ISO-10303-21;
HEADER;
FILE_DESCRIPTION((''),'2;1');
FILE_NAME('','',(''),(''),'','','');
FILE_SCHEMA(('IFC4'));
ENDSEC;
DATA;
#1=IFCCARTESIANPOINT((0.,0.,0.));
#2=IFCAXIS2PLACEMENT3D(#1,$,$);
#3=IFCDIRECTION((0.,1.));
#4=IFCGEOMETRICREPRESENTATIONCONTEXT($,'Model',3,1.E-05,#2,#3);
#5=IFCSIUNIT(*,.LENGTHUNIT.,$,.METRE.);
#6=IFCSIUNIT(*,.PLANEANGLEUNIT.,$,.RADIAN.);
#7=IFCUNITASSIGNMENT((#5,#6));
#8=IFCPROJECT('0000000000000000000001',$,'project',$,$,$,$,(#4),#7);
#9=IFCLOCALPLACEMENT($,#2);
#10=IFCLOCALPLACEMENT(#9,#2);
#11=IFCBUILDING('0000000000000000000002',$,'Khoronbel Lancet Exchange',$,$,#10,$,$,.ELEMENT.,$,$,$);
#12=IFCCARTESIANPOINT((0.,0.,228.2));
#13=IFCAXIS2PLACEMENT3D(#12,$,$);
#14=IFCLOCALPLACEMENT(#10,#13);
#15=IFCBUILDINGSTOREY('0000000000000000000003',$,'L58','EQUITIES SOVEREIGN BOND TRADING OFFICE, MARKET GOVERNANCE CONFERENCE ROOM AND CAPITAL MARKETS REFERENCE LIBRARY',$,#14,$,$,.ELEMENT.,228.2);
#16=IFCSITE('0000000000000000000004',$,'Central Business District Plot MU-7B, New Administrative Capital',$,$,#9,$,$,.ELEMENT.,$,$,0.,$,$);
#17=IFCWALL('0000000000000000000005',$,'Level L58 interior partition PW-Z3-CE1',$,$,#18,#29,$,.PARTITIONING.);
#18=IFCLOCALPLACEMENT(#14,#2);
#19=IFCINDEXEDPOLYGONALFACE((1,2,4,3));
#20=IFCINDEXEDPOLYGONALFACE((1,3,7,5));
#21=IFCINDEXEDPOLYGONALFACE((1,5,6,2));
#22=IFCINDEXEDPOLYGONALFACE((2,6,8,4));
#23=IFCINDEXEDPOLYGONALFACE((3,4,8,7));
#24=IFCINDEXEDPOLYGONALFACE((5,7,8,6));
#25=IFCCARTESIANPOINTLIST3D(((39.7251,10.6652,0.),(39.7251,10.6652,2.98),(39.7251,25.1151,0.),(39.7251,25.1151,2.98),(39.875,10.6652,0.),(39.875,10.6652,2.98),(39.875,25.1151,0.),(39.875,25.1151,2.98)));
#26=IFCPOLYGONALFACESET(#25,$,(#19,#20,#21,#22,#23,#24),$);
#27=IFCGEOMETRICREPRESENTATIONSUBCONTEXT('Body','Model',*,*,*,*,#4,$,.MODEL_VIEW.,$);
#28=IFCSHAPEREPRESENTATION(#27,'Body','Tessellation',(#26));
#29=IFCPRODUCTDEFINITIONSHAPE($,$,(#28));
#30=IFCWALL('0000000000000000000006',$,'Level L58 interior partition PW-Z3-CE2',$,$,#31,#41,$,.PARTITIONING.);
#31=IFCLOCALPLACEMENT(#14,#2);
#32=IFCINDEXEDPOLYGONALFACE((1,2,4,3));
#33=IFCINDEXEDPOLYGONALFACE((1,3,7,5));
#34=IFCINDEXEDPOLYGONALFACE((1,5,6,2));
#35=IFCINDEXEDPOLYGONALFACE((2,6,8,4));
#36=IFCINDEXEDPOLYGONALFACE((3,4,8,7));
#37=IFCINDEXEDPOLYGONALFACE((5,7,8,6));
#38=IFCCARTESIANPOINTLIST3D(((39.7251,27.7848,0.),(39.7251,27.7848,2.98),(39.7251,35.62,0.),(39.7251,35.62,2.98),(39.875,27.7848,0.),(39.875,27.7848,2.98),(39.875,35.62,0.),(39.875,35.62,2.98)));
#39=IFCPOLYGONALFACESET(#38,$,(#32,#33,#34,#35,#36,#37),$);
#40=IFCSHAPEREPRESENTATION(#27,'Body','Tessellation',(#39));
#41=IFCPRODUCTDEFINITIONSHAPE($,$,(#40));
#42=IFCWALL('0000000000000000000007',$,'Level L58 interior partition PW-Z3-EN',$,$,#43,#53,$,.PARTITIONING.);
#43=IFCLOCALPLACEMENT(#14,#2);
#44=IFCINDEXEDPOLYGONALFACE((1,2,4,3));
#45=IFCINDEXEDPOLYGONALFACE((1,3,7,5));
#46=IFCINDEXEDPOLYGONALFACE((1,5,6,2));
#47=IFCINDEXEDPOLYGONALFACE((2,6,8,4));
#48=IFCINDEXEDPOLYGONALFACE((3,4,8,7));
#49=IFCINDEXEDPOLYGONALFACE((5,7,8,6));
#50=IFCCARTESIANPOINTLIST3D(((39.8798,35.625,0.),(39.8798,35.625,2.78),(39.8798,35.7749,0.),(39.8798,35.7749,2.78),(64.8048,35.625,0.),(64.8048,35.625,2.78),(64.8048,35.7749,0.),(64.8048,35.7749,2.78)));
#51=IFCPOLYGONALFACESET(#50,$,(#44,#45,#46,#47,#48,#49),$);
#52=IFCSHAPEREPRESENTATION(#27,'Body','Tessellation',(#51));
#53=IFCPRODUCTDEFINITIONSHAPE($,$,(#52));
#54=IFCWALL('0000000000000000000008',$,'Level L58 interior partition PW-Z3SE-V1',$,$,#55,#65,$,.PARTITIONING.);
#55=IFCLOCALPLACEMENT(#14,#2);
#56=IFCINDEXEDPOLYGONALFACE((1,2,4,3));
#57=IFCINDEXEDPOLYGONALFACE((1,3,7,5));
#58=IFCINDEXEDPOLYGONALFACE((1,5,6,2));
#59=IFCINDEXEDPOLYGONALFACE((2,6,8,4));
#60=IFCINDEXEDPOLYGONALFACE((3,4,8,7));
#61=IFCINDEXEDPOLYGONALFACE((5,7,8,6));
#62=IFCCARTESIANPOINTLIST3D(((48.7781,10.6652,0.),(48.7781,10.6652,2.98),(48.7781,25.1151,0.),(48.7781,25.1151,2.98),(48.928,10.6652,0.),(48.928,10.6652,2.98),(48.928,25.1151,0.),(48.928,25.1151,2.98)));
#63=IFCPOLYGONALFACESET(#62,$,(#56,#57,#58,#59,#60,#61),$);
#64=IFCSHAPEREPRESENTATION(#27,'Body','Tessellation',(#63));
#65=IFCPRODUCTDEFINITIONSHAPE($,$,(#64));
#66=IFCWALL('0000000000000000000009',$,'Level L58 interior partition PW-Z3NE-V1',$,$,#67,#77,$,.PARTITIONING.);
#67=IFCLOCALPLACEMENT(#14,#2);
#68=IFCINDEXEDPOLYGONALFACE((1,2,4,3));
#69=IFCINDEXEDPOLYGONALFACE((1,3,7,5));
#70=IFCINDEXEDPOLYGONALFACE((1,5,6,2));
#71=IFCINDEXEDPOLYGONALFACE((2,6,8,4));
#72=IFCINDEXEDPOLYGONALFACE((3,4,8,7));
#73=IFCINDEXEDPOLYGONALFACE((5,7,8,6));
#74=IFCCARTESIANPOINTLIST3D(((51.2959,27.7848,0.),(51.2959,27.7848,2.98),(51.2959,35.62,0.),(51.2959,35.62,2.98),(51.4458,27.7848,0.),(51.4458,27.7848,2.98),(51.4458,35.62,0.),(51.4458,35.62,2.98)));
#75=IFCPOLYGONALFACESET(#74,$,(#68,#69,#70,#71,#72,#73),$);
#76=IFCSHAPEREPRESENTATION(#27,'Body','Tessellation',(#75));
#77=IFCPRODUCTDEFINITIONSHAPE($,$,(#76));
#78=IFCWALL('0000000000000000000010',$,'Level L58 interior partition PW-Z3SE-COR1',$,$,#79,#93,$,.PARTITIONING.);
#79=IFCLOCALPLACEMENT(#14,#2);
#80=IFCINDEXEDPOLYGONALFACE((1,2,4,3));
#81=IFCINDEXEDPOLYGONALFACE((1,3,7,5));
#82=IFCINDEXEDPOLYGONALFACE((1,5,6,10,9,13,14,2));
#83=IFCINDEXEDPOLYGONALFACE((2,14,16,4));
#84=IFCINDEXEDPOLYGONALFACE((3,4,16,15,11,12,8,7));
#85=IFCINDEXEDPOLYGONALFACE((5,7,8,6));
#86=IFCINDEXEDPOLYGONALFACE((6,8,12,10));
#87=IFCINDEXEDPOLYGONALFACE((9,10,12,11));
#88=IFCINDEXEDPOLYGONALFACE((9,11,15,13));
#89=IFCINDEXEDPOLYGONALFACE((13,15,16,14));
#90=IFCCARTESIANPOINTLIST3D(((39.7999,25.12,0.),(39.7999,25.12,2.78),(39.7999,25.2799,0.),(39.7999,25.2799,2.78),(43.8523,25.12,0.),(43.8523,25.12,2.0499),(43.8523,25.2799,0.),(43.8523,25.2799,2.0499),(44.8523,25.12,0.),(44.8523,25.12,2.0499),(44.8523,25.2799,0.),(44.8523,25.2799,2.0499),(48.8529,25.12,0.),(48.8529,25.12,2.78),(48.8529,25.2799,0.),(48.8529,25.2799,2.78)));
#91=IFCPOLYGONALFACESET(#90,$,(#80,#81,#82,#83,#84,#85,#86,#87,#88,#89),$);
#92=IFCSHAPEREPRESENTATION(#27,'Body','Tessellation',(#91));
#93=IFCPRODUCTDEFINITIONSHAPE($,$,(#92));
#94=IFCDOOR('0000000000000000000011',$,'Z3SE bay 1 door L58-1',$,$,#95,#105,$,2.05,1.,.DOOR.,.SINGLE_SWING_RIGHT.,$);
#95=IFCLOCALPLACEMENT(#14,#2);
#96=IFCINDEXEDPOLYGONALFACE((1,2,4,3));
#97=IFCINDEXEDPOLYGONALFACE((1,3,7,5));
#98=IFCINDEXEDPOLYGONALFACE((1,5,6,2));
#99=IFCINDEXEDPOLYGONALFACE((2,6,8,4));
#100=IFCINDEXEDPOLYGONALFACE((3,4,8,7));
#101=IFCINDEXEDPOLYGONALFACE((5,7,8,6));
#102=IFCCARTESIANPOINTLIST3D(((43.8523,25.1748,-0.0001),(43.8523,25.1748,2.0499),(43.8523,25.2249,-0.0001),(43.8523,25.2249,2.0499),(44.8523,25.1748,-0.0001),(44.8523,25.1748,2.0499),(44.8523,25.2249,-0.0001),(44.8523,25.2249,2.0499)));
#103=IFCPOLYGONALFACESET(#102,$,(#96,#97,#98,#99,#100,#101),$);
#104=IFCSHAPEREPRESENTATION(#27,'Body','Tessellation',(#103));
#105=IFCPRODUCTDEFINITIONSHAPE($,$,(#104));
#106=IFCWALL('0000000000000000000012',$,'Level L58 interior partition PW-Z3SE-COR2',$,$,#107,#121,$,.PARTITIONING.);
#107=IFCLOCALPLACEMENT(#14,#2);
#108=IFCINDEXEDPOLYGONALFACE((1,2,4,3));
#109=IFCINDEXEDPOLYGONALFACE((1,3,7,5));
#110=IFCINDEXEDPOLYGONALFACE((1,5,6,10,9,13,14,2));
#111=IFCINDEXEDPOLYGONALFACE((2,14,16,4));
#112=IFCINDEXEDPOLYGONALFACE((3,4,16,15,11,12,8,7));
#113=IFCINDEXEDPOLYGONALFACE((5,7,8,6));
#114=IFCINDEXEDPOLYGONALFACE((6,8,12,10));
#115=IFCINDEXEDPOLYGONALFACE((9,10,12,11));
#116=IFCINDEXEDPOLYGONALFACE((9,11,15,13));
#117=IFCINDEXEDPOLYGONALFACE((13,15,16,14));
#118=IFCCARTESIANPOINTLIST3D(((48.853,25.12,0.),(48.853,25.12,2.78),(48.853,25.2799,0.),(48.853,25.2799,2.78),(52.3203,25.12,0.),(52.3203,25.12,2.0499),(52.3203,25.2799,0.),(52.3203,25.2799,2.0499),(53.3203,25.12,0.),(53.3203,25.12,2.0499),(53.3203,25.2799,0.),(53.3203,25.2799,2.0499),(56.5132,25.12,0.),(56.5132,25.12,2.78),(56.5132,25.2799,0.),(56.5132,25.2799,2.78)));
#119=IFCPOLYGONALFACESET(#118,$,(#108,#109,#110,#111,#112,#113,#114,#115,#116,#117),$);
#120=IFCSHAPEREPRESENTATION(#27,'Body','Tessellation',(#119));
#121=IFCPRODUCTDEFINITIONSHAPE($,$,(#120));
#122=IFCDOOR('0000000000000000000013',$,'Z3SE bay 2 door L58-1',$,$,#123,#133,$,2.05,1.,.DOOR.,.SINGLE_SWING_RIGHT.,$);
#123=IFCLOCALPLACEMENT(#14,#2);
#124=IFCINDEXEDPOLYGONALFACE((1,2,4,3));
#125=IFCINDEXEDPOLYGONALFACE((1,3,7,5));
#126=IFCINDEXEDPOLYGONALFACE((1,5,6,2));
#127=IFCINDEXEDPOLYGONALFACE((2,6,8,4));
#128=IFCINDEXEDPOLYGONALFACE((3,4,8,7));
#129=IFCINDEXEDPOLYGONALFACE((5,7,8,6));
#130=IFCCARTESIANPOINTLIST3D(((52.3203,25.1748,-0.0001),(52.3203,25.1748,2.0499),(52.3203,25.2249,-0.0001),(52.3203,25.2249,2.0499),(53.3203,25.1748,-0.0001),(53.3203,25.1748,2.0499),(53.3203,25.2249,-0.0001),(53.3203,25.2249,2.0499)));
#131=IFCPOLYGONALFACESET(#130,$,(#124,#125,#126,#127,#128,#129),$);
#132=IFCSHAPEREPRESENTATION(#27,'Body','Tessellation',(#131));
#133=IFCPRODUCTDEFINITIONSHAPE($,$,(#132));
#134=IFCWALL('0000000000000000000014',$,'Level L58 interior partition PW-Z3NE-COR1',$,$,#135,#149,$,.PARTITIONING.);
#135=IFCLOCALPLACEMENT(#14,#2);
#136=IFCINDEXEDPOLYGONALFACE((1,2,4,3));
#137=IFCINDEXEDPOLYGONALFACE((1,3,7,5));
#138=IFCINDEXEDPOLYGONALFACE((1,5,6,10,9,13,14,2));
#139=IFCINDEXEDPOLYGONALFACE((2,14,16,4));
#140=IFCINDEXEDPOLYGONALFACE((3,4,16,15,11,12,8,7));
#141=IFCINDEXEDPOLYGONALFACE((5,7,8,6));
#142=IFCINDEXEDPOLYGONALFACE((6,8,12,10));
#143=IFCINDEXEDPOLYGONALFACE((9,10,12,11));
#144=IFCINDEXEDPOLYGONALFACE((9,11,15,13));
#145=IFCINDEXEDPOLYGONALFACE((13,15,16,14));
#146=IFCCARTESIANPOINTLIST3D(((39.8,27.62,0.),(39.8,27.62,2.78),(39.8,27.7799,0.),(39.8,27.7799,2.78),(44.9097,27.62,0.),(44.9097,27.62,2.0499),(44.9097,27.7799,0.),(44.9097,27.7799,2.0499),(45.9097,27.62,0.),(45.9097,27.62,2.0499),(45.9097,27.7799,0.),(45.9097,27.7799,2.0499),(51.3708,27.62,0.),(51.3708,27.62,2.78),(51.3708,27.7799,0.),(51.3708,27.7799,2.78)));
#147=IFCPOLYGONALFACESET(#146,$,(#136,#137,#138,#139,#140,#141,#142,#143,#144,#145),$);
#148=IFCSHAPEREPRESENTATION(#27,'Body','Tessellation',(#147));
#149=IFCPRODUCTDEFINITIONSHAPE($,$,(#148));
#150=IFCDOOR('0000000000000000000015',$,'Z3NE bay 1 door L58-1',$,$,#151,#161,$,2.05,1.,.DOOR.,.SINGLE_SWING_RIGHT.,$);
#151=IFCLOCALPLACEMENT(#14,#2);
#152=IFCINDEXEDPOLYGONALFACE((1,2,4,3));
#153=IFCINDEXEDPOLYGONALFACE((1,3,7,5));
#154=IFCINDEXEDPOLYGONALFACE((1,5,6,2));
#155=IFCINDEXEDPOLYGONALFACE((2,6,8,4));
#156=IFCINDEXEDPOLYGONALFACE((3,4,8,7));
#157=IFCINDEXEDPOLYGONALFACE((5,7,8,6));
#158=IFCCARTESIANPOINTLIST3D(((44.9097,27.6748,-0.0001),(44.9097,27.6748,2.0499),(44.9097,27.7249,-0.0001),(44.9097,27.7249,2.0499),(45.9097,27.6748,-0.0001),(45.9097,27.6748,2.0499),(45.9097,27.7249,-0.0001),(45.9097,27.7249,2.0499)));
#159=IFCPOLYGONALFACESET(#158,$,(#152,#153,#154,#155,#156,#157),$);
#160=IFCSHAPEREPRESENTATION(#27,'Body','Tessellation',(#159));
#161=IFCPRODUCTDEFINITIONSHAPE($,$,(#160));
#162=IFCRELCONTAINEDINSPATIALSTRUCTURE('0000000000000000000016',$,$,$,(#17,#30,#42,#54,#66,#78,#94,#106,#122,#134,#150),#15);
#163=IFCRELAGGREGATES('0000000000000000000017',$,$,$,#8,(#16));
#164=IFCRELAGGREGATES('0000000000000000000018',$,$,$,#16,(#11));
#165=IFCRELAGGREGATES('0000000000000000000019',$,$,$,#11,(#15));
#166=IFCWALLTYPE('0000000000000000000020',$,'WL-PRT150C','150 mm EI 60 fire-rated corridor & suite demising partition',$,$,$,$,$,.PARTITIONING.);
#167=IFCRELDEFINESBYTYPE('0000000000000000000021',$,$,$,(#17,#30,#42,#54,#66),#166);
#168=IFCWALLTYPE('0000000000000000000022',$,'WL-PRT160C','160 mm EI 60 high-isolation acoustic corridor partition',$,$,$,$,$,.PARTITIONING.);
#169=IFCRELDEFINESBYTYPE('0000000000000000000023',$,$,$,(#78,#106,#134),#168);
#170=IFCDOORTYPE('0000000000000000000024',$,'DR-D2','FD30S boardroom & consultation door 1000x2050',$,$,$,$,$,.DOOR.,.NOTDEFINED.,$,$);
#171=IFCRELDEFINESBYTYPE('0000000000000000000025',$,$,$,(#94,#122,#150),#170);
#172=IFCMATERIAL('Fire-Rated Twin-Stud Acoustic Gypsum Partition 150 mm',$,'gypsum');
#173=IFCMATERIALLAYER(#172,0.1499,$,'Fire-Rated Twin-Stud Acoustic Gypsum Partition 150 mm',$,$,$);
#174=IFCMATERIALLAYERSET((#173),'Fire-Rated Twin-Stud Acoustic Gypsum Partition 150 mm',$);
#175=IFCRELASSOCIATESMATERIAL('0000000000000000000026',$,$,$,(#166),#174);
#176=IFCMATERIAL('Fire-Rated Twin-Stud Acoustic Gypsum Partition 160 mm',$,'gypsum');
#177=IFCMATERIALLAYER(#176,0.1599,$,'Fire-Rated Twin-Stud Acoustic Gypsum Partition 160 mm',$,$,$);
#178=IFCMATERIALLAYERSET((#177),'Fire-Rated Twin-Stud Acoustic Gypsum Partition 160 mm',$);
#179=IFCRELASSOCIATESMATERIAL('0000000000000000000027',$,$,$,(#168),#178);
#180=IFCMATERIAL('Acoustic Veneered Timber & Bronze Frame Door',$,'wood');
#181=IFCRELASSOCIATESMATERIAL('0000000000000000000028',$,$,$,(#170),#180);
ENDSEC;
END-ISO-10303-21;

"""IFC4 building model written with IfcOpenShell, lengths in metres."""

from ifc_helpers import new_model, si_unit, direction, frame, frame_2d, origin, place, context, subcontext, project, spatial, rectangle, extrude, material, layer, layer_set, type_object, element, fill, save


model = new_model("IFC4")

# Units and contexts
model_context = context("Model", 3, precision=1e-05, world=origin(), true_north=direction((0.0, 1.0)))
body_context = subcontext(model_context, "Body", "Model", "MODEL_VIEW")
ifc_project = project(units=[si_unit("LENGTHUNIT", "METRE"), si_unit("PLANEANGLEUNIT", "RADIAN")], contexts=[model_context])

# Site, building, storey
site_placement = place(None, origin())
site = spatial("IfcSite", under=ifc_project, at=site_placement, Name="Central Business District Plot MU-7B, New Administrative Capital", CompositionType="ELEMENT", RefElevation=0.0)
building_placement = place(site_placement, origin())
building = spatial("IfcBuilding", under=site, at=building_placement, Name="Khoronbel Lancet Exchange", CompositionType="ELEMENT")
storey_placement = place(building_placement, frame((0.0, 0.0, 228.2)))
storey = spatial("IfcBuildingStorey", under=building, at=storey_placement, Name="L58", Description="EQUITIES SOVEREIGN BOND TRADING OFFICE, MARKET GOVERNANCE CONFERENCE ROOM AND CAPITAL MARKETS REFERENCE LIBRARY", CompositionType="ELEMENT", Elevation=228.2)

# Walls
ifc_material_1 = material(Name="Fire-Rated Twin-Stud Acoustic Gypsum Partition 150 mm", Category="gypsum")
ifc_layer_1 = layer(ifc_material_1, 0.1499, Name="Fire-Rated Twin-Stud Acoustic Gypsum Partition 150 mm")
ifc_layer_set_1 = layer_set([ifc_layer_1], Name="Fire-Rated Twin-Stud Acoustic Gypsum Partition 150 mm")
wall_type_1 = type_object("IfcWallType", Name="WL-PRT150C", Description="150 mm EI 60 fire-rated corridor & suite demising partition", PredefinedType="PARTITIONING", material=ifc_layer_set_1)
wall_1_placement = place(storey_placement, frame((39.8, 10.665, 0.0), z_axis=(0.0, 0.0, 1.0), x_axis=(0.0, 1.0, 0.0)))
element("IfcWall", 1, at=wall_1_placement, inside=storey, type_object=wall_type_1, Name="Level L58 interior partition PW-Z3-CE1", PredefinedType="PARTITIONING", context=body_context, shape_type="SweptSolid", body=[
    extrude(rectangle(XDim=14.45, YDim=0.1499, at=frame_2d((7.2251, 0.0))), origin(), (0.0, 0.0, 1.0), 2.98),
])
wall_2_placement = place(storey_placement, frame((39.8, 27.7849, 0.0), z_axis=(0.0, 0.0, 1.0), x_axis=(0.0, 1.0, 0.0)))
element("IfcWall", 2, at=wall_2_placement, inside=storey, type_object=wall_type_1, Name="Level L58 interior partition PW-Z3-CE2", PredefinedType="PARTITIONING", context=body_context, shape_type="SweptSolid", body=[
    extrude(rectangle(XDim=7.8352, YDim=0.1499, at=frame_2d((3.9175, 0.0))), origin(), (0.0, 0.0, 1.0), 2.98),
])
wall_3_placement = place(storey_placement, frame((39.8799, 35.7, 0.0), z_axis=(0.0, 0.0, 1.0), x_axis=(1.0, 0.0, 0.0)))
element("IfcWall", 3, at=wall_3_placement, inside=storey, type_object=wall_type_1, Name="Level L58 interior partition PW-Z3-EN", PredefinedType="PARTITIONING", context=body_context, shape_type="SweptSolid", body=[
    extrude(rectangle(XDim=24.925, YDim=0.1499, at=frame_2d((12.4624, 0.0))), origin(), (0.0, 0.0, 1.0), 2.78),
])
wall_4_placement = place(storey_placement, frame((48.853, 10.665, 0.0), z_axis=(0.0, 0.0, 1.0), x_axis=(0.0, 1.0, 0.0)))
element("IfcWall", 4, at=wall_4_placement, inside=storey, type_object=wall_type_1, Name="Level L58 interior partition PW-Z3SE-V1", PredefinedType="PARTITIONING", context=body_context, shape_type="SweptSolid", body=[
    extrude(rectangle(XDim=14.45, YDim=0.1499, at=frame_2d((7.2251, 0.0))), origin(), (0.0, 0.0, 1.0), 2.98),
])
wall_5_placement = place(storey_placement, frame((51.3708, 27.7849, 0.0), z_axis=(0.0, 0.0, 1.0), x_axis=(0.0, 1.0, 0.0)))
element("IfcWall", 5, at=wall_5_placement, inside=storey, type_object=wall_type_1, Name="Level L58 interior partition PW-Z3NE-V1", PredefinedType="PARTITIONING", context=body_context, shape_type="SweptSolid", body=[
    extrude(rectangle(XDim=7.8352, YDim=0.1499, at=frame_2d((3.9175, 0.0))), origin(), (0.0, 0.0, 1.0), 2.98),
])

# Walls, openings, doors
ifc_material_2 = material(Name="Fire-Rated Twin-Stud Acoustic Gypsum Partition 160 mm", Category="gypsum")
ifc_layer_2 = layer(ifc_material_2, 0.1599, Name="Fire-Rated Twin-Stud Acoustic Gypsum Partition 160 mm")
ifc_layer_set_2 = layer_set([ifc_layer_2], Name="Fire-Rated Twin-Stud Acoustic Gypsum Partition 160 mm")
wall_type_2 = type_object("IfcWallType", Name="WL-PRT160C", Description="160 mm EI 60 high-isolation acoustic corridor partition", PredefinedType="PARTITIONING", material=ifc_layer_set_2)
wall_6_placement = place(storey_placement, frame((39.8, 25.2, 0.0), z_axis=(0.0, 0.0, 1.0), x_axis=(1.0, 0.0, 0.0)))
wall_6 = element("IfcWall", 6, at=wall_6_placement, inside=storey, type_object=wall_type_2, Name="Level L58 interior partition PW-Z3SE-COR1", PredefinedType="PARTITIONING", context=body_context, shape_type="SweptSolid", body=[
    extrude(rectangle(XDim=9.053, YDim=0.1599, at=frame_2d((4.5264, 0.0))), origin(), (0.0, 0.0, 1.0), 2.78),
])
opening_1_placement = place(wall_6_placement, frame((4.0522, 0.0, 0.0)))
opening_1 = element("IfcOpeningElement", 7, at=opening_1_placement, cuts=wall_6, PredefinedType="OPENING", context=body_context, shape_type="SweptSolid", body=[
    extrude(rectangle(XDim=1.0, YDim=2.05, at=frame_2d((0.5, 1.0249))), frame((0.0, 0.0898, 0.0), z_axis=(0.0, -1.0, 0.0), x_axis=(1.0, 0.0, 0.0)), (0.0, 0.0, 1.0), 0.1799),
])
ifc_material_3 = material(Name="Acoustic Veneered Timber & Bronze Frame Door", Category="wood")
door_type_1 = type_object("IfcDoorType", Name="DR-D2", Description="FD30S boardroom & consultation door 1000x2050", OperationType="NOTDEFINED", PredefinedType="DOOR", material=ifc_material_3)
door_1_placement = place(opening_1_placement, origin())
door_1 = element("IfcDoor", 8, at=door_1_placement, inside=storey, type_object=door_type_1, Name="Z3SE bay 1 door L58-1", OperationType="SINGLE_SWING_RIGHT", OverallHeight=2.05, OverallWidth=1.0, PredefinedType="DOOR", context=body_context, shape_type="SweptSolid", body=[
    extrude(rectangle(XDim=1.0, YDim=2.05, at=frame_2d((0.5, 1.0249))), frame((0.0, 0.0249, 0.0), z_axis=(0.0, -1.0, 0.0), x_axis=(1.0, 0.0, 0.0)), (0.0, 0.0, 1.0), 0.05),
])
fill(opening_1, door_1)
wall_7_placement = place(storey_placement, frame((48.853, 25.2, 0.0), z_axis=(0.0, 0.0, 1.0), x_axis=(1.0, 0.0, 0.0)))
wall_7 = element("IfcWall", 9, at=wall_7_placement, inside=storey, type_object=wall_type_2, Name="Level L58 interior partition PW-Z3SE-COR2", PredefinedType="PARTITIONING", context=body_context, shape_type="SweptSolid", body=[
    extrude(rectangle(XDim=7.6602, YDim=0.1599, at=frame_2d((3.8301, 0.0))), origin(), (0.0, 0.0, 1.0), 2.78),
])
opening_2_placement = place(wall_7_placement, frame((3.4673, 0.0, 0.0)))
opening_2 = element("IfcOpeningElement", 10, at=opening_2_placement, cuts=wall_7, PredefinedType="OPENING", context=body_context, shape_type="SweptSolid", body=[
    extrude(rectangle(XDim=1.0, YDim=2.05, at=frame_2d((0.5, 1.0249))), frame((0.0, 0.0898, 0.0), z_axis=(0.0, -1.0, 0.0), x_axis=(1.0, 0.0, 0.0)), (0.0, 0.0, 1.0), 0.1799),
])
door_2_placement = place(opening_2_placement, origin())
door_2 = element("IfcDoor", 11, at=door_2_placement, inside=storey, type_object=door_type_1, Name="Z3SE bay 2 door L58-1", OperationType="SINGLE_SWING_RIGHT", OverallHeight=2.05, OverallWidth=1.0, PredefinedType="DOOR", context=body_context, shape_type="SweptSolid", body=[
    extrude(rectangle(XDim=1.0, YDim=2.05, at=frame_2d((0.5, 1.0249))), frame((0.0, 0.0249, 0.0), z_axis=(0.0, -1.0, 0.0), x_axis=(1.0, 0.0, 0.0)), (0.0, 0.0, 1.0), 0.05),
])
fill(opening_2, door_2)
wall_8_placement = place(storey_placement, frame((39.8, 27.7, 0.0), z_axis=(0.0, 0.0, 1.0), x_axis=(1.0, 0.0, 0.0)))
wall_8 = element("IfcWall", 12, at=wall_8_placement, inside=storey, type_object=wall_type_2, Name="Level L58 interior partition PW-Z3NE-COR1", PredefinedType="PARTITIONING", context=body_context, shape_type="SweptSolid", body=[
    extrude(rectangle(XDim=11.5708, YDim=0.1599, at=frame_2d((5.7854, 0.0))), origin(), (0.0, 0.0, 1.0), 2.78),
])
opening_3_placement = place(wall_8_placement, frame((5.1096, 0.0, 0.0)))
opening_3 = element("IfcOpeningElement", 13, at=opening_3_placement, cuts=wall_8, PredefinedType="OPENING", context=body_context, shape_type="SweptSolid", body=[
    extrude(rectangle(XDim=1.0, YDim=2.05, at=frame_2d((0.5, 1.0249))), frame((0.0, 0.0898, 0.0), z_axis=(0.0, -1.0, 0.0), x_axis=(1.0, 0.0, 0.0)), (0.0, 0.0, 1.0), 0.1799),
])
door_3_placement = place(opening_3_placement, origin())
door_3 = element("IfcDoor", 14, at=door_3_placement, inside=storey, type_object=door_type_1, Name="Z3NE bay 1 door L58-1", OperationType="SINGLE_SWING_RIGHT", OverallHeight=2.05, OverallWidth=1.0, PredefinedType="DOOR", context=body_context, shape_type="SweptSolid", body=[
    extrude(rectangle(XDim=1.0, YDim=2.05, at=frame_2d((0.5, 1.0249))), frame((0.0, 0.0249, 0.0), z_axis=(0.0, -1.0, 0.0), x_axis=(1.0, 0.0, 0.0)), (0.0, 0.0, 1.0), 0.05),
])
fill(opening_3, door_3)

save(model, "model.ifc")
